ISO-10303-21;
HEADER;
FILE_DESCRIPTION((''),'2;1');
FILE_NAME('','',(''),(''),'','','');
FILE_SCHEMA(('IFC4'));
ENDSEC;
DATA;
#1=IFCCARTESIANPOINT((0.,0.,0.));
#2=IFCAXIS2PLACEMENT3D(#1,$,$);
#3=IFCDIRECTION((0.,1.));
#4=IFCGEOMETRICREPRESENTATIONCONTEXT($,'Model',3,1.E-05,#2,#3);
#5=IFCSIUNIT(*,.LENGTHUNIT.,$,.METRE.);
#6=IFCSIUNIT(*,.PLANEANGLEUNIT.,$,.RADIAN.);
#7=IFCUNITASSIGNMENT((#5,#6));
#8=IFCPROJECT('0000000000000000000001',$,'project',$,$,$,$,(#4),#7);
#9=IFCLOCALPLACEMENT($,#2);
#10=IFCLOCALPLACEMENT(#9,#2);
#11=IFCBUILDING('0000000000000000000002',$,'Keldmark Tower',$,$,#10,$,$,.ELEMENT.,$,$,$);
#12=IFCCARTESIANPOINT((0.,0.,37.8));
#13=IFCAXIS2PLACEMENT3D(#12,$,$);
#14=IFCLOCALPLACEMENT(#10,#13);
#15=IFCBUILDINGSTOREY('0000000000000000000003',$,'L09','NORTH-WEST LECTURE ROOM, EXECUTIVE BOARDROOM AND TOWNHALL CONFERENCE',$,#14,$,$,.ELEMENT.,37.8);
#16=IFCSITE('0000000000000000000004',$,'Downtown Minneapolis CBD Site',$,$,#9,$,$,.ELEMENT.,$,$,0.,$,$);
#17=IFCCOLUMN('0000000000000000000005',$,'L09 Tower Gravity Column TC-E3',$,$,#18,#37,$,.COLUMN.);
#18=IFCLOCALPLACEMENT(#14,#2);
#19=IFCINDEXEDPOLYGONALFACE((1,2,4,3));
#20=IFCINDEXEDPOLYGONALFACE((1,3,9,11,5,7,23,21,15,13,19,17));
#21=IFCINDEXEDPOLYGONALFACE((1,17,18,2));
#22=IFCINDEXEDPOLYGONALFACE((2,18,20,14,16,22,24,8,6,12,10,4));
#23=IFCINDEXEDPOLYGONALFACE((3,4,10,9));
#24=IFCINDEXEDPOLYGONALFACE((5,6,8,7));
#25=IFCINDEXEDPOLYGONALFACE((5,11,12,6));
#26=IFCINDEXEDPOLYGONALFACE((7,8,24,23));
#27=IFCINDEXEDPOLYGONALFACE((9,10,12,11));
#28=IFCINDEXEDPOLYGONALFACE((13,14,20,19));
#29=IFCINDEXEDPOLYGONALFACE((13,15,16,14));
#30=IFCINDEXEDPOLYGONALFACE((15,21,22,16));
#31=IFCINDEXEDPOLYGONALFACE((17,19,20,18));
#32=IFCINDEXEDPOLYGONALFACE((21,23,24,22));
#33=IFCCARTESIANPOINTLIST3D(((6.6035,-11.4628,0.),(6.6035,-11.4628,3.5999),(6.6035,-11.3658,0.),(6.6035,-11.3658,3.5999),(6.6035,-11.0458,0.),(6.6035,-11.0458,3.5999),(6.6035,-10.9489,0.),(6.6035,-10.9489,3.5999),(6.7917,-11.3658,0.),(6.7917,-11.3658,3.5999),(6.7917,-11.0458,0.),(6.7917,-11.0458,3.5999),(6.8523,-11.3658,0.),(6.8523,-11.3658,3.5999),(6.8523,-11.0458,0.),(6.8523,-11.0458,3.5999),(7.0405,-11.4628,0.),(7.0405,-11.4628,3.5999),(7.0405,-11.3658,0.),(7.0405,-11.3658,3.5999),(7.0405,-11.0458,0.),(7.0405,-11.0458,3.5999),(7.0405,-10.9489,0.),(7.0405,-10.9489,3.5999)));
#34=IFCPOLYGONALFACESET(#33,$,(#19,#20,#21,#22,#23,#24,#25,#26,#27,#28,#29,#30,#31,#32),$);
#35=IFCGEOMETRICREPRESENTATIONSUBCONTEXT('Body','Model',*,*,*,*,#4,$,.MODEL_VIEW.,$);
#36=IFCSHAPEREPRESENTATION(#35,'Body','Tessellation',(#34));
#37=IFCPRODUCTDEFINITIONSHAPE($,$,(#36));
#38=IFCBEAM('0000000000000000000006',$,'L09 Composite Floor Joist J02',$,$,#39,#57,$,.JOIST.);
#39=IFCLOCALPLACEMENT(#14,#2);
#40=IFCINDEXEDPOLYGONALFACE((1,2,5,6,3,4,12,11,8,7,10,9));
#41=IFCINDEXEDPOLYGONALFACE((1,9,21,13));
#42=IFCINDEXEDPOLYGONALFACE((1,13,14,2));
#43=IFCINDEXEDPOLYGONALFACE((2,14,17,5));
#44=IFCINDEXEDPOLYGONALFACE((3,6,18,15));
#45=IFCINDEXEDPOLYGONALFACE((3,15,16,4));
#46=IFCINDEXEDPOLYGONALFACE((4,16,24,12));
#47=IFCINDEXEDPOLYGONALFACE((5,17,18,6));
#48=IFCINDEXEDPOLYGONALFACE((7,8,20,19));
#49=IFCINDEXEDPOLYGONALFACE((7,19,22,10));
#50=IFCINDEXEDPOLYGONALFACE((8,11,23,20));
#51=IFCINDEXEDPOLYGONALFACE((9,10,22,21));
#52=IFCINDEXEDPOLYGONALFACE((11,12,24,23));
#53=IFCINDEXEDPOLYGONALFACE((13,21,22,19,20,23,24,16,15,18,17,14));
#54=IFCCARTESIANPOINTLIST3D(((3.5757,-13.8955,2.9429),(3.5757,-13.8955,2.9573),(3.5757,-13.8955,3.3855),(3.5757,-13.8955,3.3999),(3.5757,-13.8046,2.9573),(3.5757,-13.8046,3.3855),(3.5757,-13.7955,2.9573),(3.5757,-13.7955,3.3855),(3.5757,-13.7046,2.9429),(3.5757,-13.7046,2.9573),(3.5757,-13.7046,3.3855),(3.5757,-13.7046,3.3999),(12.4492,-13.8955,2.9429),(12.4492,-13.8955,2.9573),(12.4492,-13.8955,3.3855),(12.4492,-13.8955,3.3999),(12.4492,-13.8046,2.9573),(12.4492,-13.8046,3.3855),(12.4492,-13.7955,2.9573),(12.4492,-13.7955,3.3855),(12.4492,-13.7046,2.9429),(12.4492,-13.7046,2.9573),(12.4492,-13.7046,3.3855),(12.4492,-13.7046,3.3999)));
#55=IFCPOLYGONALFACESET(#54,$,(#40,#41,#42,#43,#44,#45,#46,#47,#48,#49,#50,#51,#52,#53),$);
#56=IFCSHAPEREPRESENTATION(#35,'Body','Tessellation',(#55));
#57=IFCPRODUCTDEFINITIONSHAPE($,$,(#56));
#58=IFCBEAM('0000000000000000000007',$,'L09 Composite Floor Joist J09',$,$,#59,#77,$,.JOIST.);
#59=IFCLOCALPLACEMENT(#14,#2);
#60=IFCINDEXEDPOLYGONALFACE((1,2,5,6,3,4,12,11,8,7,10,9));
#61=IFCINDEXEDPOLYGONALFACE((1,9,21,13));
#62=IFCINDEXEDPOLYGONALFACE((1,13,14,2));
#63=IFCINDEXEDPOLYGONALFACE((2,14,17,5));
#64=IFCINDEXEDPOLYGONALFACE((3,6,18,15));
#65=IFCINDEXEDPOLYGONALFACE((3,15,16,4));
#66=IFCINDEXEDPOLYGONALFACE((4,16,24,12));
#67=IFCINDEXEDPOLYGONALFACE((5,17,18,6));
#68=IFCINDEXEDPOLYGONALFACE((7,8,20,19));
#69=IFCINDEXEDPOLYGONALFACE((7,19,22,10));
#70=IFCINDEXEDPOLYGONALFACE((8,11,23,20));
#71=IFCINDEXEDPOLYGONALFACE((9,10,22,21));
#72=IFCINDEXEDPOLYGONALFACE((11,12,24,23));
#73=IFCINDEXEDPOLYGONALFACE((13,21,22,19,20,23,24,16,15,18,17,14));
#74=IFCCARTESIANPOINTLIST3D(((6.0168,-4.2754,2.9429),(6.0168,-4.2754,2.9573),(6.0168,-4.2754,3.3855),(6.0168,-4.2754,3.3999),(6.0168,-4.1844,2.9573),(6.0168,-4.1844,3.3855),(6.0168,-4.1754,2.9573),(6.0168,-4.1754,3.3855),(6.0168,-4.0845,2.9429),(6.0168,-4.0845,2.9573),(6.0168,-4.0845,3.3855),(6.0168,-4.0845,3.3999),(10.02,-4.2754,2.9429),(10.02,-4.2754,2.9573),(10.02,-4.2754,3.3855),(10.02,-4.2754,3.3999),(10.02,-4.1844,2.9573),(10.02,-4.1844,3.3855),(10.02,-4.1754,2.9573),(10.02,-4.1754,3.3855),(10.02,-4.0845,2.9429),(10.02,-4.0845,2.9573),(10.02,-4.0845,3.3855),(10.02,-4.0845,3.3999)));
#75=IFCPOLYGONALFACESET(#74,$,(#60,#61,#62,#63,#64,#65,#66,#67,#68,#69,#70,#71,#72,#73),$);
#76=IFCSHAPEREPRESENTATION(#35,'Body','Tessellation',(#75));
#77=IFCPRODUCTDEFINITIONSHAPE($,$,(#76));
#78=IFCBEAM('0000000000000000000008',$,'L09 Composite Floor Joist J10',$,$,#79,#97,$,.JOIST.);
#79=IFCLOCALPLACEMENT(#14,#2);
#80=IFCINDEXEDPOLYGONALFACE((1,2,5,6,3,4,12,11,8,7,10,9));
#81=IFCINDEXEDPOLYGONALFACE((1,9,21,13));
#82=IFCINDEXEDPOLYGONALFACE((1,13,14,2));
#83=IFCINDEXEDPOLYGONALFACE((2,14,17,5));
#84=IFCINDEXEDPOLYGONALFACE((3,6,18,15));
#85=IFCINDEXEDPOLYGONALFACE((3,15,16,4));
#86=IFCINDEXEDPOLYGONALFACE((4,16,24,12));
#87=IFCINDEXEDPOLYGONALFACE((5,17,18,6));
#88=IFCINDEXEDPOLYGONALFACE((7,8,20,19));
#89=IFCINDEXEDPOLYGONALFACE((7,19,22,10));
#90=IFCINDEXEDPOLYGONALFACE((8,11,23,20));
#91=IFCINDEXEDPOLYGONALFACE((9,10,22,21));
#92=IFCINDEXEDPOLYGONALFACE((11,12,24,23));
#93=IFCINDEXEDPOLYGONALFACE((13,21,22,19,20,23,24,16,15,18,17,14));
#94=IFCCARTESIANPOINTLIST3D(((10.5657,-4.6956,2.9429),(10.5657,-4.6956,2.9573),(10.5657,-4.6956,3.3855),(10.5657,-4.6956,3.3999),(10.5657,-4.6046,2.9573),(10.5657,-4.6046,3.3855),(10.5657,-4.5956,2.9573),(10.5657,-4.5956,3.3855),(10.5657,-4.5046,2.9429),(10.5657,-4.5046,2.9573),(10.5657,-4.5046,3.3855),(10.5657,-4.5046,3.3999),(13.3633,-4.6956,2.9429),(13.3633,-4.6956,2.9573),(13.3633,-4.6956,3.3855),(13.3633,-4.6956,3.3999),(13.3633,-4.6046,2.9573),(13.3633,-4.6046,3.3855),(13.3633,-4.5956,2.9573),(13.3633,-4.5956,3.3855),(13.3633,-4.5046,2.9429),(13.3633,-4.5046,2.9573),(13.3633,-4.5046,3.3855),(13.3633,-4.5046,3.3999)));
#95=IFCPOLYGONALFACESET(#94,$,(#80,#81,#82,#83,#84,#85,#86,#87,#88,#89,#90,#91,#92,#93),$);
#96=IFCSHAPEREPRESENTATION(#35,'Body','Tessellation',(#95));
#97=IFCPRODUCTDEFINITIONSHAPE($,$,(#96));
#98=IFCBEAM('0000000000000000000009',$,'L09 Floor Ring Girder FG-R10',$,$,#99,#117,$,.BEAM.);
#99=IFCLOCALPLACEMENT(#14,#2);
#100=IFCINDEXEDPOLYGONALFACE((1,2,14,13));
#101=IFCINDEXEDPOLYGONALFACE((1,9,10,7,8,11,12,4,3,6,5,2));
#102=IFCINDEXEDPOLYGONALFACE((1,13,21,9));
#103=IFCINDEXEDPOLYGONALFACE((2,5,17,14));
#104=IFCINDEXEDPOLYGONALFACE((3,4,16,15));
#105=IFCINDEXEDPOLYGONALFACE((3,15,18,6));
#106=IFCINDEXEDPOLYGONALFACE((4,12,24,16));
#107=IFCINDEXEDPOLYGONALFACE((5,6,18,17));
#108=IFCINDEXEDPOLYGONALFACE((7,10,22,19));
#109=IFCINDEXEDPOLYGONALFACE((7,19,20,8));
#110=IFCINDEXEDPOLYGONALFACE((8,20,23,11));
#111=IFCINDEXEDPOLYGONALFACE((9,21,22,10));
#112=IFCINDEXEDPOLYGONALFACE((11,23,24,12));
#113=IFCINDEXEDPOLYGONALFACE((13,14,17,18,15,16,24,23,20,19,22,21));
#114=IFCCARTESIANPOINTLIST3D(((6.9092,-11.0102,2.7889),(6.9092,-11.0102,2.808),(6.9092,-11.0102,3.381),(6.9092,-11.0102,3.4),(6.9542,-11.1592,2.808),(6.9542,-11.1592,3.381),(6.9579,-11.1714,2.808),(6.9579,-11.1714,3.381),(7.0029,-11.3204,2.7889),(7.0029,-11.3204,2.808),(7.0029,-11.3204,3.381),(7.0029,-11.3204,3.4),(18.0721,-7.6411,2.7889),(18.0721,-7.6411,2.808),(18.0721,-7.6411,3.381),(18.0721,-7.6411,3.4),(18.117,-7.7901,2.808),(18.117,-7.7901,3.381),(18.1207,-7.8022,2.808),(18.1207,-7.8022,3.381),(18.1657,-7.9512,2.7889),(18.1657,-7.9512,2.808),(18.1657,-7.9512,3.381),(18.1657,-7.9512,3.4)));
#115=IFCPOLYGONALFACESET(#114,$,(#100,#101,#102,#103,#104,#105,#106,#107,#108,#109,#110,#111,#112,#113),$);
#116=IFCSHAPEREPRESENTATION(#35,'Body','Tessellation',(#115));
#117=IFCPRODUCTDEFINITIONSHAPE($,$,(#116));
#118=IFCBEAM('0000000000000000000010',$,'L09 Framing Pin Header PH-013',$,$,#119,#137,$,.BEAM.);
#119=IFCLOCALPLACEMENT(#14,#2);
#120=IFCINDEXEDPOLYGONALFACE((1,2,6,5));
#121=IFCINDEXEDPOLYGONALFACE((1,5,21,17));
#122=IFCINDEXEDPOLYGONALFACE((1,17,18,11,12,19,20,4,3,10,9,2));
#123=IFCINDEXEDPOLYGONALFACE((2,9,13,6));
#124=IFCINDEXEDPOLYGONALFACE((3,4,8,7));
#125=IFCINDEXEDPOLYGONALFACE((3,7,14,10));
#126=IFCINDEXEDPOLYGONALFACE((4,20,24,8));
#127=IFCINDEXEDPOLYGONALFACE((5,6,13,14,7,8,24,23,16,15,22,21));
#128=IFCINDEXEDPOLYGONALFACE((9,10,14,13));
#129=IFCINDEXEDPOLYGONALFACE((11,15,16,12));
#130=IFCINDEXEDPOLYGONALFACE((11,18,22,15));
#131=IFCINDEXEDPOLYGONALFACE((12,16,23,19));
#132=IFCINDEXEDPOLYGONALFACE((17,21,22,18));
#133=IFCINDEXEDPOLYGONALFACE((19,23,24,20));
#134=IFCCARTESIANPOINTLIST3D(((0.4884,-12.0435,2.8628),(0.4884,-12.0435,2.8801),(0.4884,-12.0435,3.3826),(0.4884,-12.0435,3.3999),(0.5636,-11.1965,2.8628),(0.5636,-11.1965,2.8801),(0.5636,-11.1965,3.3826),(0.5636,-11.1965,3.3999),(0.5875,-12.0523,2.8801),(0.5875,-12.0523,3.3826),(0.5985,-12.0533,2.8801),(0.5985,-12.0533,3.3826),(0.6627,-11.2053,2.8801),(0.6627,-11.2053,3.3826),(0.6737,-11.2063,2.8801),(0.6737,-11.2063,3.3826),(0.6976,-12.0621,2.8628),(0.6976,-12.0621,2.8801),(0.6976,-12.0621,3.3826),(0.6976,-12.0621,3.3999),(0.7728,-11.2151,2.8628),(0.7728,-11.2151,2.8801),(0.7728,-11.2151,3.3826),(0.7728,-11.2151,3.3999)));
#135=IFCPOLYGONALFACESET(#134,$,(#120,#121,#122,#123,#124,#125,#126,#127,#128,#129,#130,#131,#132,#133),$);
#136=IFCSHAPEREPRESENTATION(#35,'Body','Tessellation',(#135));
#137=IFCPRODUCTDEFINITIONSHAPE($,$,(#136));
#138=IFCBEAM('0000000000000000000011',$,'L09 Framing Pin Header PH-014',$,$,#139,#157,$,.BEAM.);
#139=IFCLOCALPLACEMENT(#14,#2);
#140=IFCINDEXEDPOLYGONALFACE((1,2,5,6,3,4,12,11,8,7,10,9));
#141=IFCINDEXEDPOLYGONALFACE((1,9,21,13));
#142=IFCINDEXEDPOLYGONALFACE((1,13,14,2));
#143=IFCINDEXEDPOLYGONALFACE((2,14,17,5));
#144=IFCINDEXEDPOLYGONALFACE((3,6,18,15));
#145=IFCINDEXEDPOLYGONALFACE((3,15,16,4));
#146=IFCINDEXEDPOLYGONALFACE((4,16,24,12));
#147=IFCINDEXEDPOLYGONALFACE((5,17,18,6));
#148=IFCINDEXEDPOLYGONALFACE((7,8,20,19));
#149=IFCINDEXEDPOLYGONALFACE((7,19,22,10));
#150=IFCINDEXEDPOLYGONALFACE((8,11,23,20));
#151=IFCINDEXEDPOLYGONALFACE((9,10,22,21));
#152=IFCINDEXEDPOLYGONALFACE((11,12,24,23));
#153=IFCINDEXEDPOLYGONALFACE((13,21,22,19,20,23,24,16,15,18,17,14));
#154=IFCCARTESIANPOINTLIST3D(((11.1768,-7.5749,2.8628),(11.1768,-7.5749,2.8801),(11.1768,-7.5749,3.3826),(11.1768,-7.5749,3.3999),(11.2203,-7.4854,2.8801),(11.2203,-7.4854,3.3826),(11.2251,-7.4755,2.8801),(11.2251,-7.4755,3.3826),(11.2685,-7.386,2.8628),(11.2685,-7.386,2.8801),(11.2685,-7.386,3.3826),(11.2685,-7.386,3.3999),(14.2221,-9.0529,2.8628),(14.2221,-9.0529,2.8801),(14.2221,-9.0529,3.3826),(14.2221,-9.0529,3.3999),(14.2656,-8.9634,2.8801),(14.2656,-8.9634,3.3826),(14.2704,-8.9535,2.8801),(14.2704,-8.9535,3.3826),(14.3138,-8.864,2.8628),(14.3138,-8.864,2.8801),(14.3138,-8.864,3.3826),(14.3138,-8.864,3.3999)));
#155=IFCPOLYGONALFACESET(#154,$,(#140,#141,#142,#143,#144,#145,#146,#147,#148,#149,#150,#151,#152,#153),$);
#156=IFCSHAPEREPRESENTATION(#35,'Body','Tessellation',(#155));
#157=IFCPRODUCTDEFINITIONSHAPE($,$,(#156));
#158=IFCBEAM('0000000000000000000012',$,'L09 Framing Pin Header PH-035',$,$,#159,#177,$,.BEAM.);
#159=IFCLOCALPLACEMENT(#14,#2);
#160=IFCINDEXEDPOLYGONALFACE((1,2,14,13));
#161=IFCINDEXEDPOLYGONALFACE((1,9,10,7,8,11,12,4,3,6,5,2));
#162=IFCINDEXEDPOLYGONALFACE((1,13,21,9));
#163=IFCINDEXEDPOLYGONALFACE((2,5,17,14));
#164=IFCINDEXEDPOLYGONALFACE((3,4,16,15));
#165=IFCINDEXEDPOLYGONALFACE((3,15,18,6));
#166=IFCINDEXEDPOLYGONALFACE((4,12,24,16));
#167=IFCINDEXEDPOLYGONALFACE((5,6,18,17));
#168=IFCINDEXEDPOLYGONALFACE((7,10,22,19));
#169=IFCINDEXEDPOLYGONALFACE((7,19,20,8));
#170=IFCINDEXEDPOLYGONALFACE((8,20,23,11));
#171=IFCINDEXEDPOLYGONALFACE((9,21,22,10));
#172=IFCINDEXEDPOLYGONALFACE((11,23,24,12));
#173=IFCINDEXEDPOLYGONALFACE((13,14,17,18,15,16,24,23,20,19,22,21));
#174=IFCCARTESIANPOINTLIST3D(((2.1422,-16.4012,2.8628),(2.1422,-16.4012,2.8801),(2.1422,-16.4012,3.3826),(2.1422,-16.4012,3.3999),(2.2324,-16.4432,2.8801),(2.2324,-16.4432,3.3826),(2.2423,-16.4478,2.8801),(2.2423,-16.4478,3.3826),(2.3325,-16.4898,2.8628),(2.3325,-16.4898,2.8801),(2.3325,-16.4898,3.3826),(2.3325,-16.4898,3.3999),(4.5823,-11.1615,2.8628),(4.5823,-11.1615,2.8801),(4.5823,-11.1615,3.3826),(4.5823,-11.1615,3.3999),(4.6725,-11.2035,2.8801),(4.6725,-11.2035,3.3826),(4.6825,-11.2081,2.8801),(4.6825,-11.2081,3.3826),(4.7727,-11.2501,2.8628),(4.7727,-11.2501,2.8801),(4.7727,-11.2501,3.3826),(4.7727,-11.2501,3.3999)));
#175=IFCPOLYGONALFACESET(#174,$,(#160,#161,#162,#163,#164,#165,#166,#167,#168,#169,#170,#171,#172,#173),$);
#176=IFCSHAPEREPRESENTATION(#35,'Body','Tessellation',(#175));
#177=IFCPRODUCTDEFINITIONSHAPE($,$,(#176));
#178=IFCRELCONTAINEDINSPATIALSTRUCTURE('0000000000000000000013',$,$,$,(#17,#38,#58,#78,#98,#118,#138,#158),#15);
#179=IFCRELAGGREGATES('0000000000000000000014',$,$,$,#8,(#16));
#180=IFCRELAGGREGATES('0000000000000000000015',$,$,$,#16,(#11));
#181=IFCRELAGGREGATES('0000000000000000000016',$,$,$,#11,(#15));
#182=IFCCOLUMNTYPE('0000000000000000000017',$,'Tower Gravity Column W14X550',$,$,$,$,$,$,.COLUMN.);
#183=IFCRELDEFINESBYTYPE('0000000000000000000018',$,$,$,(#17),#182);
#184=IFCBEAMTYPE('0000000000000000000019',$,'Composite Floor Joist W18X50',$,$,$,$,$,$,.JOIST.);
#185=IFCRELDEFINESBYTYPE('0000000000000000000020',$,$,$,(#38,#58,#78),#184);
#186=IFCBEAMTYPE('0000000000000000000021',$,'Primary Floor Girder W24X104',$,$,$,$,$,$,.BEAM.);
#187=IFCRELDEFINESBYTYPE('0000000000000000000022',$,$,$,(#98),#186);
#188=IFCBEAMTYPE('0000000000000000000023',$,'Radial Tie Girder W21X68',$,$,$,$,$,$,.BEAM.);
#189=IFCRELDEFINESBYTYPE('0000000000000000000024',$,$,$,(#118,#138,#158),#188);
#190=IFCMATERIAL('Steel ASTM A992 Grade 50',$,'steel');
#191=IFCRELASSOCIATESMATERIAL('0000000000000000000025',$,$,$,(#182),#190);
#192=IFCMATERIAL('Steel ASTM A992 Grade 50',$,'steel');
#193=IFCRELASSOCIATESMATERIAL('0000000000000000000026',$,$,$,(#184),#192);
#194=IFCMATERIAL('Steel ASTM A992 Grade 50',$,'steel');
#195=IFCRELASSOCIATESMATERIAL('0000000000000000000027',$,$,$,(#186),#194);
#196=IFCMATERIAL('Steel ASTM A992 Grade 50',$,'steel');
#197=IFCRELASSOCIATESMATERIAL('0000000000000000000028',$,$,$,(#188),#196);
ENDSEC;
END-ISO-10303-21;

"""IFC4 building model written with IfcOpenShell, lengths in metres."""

from ifc_helpers import new_model, si_unit, direction, frame, origin, origin_2d, place, context, subcontext, project, spatial, i_section, extrude, material, material_profile, profile_set, type_object, element, save


model = new_model("IFC4")

# Units and contexts
model_context = context("Model", 3, precision=1e-05, world=origin(), true_north=direction((0.0, 1.0)))
body_context = subcontext(model_context, "Body", "Model", "MODEL_VIEW")
ifc_project = project(units=[si_unit("LENGTHUNIT", "METRE"), si_unit("PLANEANGLEUNIT", "RADIAN")], contexts=[model_context])

# Site, building, storey
site_placement = place(None, origin())
site = spatial("IfcSite", under=ifc_project, at=site_placement, Name="Downtown Minneapolis CBD Site", CompositionType="ELEMENT", RefElevation=0.0)
building_placement = place(site_placement, origin())
building = spatial("IfcBuilding", under=site, at=building_placement, Name="Keldmark Tower", CompositionType="ELEMENT")
storey_placement = place(building_placement, frame((0.0, 0.0, 37.8)))
storey = spatial("IfcBuildingStorey", under=building, at=storey_placement, Name="L09", Description="NORTH-WEST LECTURE ROOM, EXECUTIVE BOARDROOM AND TOWNHALL CONFERENCE", CompositionType="ELEMENT", Elevation=37.8)

# Column
ifc_material_1 = material(Name="Steel ASTM A992 Grade 50", Category="steel")
ifc_material_profile_1 = material_profile(ifc_material_1, i_section(OverallWidth=0.437, OverallDepth=0.5139, WebThickness=0.0605, FlangeThickness=0.0969, at=origin_2d()), Name="W14X550")
ifc_profile_set_1 = profile_set([ifc_material_profile_1], Name="Steel ASTM A992 Grade 50")
column_type = type_object("IfcColumnType", Name="Tower Gravity Column W14X550", PredefinedType="COLUMN", material=ifc_profile_set_1)
column_placement = place(storey_placement, frame((6.822, -11.2058, 0.0), z_axis=(0.0, 0.0, 1.0), x_axis=(1.0, 0.0, 0.0)))
element("IfcColumn", 1, at=column_placement, inside=storey, type_object=column_type, Name="L09 Tower Gravity Column TC-E3", PredefinedType="COLUMN", context=body_context, shape_type="SweptSolid", body=[
    extrude(i_section(OverallWidth=0.437, OverallDepth=0.5139, WebThickness=0.0605, FlangeThickness=0.0969, at=origin_2d()), origin(), (0.0, 0.0, 1.0), 3.5999),
])

# Beams
ifc_material_2 = material(Name="Steel ASTM A992 Grade 50", Category="steel")
ifc_material_profile_2 = material_profile(ifc_material_2, i_section(OverallWidth=0.1909, OverallDepth=0.457, WebThickness=0.009, FlangeThickness=0.0144, at=origin_2d()), Name="W18X50")
ifc_profile_set_2 = profile_set([ifc_material_profile_2], Name="Steel ASTM A992 Grade 50")
beam_type_1 = type_object("IfcBeamType", Name="Composite Floor Joist W18X50", PredefinedType="JOIST", material=ifc_profile_set_2)
beam_1_placement = place(storey_placement, frame((3.5757, -13.8, 3.1714), z_axis=(1.0, 0.0, 0.0), x_axis=(0.0, 1.0, 0.0)))
element("IfcBeam", 2, at=beam_1_placement, inside=storey, type_object=beam_type_1, Name="L09 Composite Floor Joist J02", PredefinedType="JOIST", context=body_context, shape_type="SweptSolid", body=[
    extrude(i_section(OverallWidth=0.1909, OverallDepth=0.457, WebThickness=0.009, FlangeThickness=0.0144, at=origin_2d()), origin(), (0.0, 0.0, 1.0), 8.8735),
])
beam_2_placement = place(storey_placement, frame((6.0168, -4.1799, 3.1714), z_axis=(1.0, 0.0, 0.0), x_axis=(0.0, 1.0, 0.0)))
element("IfcBeam", 3, at=beam_2_placement, inside=storey, type_object=beam_type_1, Name="L09 Composite Floor Joist J09", PredefinedType="JOIST", context=body_context, shape_type="SweptSolid", body=[
    extrude(i_section(OverallWidth=0.1909, OverallDepth=0.457, WebThickness=0.009, FlangeThickness=0.0144, at=origin_2d()), origin(), (0.0, 0.0, 1.0), 4.0032),
])
beam_3_placement = place(storey_placement, frame((10.5657, -4.6001, 3.1714), z_axis=(1.0, 0.0, 0.0), x_axis=(0.0, 1.0, 0.0)))
element("IfcBeam", 4, at=beam_3_placement, inside=storey, type_object=beam_type_1, Name="L09 Composite Floor Joist J10", PredefinedType="JOIST", context=body_context, shape_type="SweptSolid", body=[
    extrude(i_section(OverallWidth=0.1909, OverallDepth=0.457, WebThickness=0.009, FlangeThickness=0.0144, at=origin_2d()), origin(), (0.0, 0.0, 1.0), 2.7976),
])
ifc_material_3 = material(Name="Steel ASTM A992 Grade 50", Category="steel")
ifc_material_profile_3 = material_profile(ifc_material_3, i_section(OverallWidth=0.324, OverallDepth=0.6111, WebThickness=0.0127, FlangeThickness=0.019, at=origin_2d()), Name="W24X104")
ifc_profile_set_3 = profile_set([ifc_material_profile_3], Name="Steel ASTM A992 Grade 50")
beam_type_2 = type_object("IfcBeamType", Name="Primary Floor Girder W24X104", PredefinedType="BEAM", material=ifc_profile_set_3)
beam_4_placement = place(storey_placement, frame((6.9561, -11.1653, 3.0945), z_axis=(0.957346, 0.288944, 0.0), x_axis=(-0.288944, 0.957346, 0.0)))
element("IfcBeam", 5, at=beam_4_placement, inside=storey, type_object=beam_type_2, Name="L09 Floor Ring Girder FG-R10", PredefinedType="BEAM", context=body_context, shape_type="SweptSolid", body=[
    extrude(i_section(OverallWidth=0.324, OverallDepth=0.6111, WebThickness=0.0127, FlangeThickness=0.019, at=origin_2d()), origin(), (0.0, 0.0, 1.0), 11.6602),
])
ifc_material_4 = material(Name="Steel ASTM A992 Grade 50", Category="steel")
ifc_material_profile_4 = material_profile(ifc_material_4, i_section(OverallWidth=0.21, OverallDepth=0.5371, WebThickness=0.011, FlangeThickness=0.0173, at=origin_2d()), Name="W21X68")
ifc_profile_set_4 = profile_set([ifc_material_profile_4], Name="Steel ASTM A992 Grade 50")
beam_type_3 = type_object("IfcBeamType", Name="Radial Tie Girder W21X68", PredefinedType="BEAM", material=ifc_profile_set_4)
beam_5_placement = place(storey_placement, frame((0.6682, -11.2058, 3.1313), z_axis=(-0.088438, -0.996082, 0.0), x_axis=(0.996082, -0.088438, 0.0)))
element("IfcBeam", 6, at=beam_5_placement, inside=storey, type_object=beam_type_3, Name="L09 Framing Pin Header PH-013", PredefinedType="BEAM", context=body_context, shape_type="SweptSolid", body=[
    extrude(i_section(OverallWidth=0.21, OverallDepth=0.5371, WebThickness=0.011, FlangeThickness=0.0173, at=origin_2d()), origin(), (0.0, 0.0, 1.0), 0.8503),
])
beam_6_placement = place(storey_placement, frame((11.2227, -7.4805, 3.1313), z_axis=(0.899644, -0.436624, 0.0), x_axis=(0.436624, 0.899644, 0.0)))
element("IfcBeam", 7, at=beam_6_placement, inside=storey, type_object=beam_type_3, Name="L09 Framing Pin Header PH-014", PredefinedType="BEAM", context=body_context, shape_type="SweptSolid", body=[
    extrude(i_section(OverallWidth=0.21, OverallDepth=0.5371, WebThickness=0.011, FlangeThickness=0.0173, at=origin_2d()), origin(), (0.0, 0.0, 1.0), 3.385),
])
beam_7_placement = place(storey_placement, frame((4.6775, -11.2058, 3.1313), z_axis=(-0.422171, -0.906516, 0.0), x_axis=(0.906516, -0.422171, 0.0)))
element("IfcBeam", 8, at=beam_7_placement, inside=storey, type_object=beam_type_3, Name="L09 Framing Pin Header PH-035", PredefinedType="BEAM", context=body_context, shape_type="SweptSolid", body=[
    extrude(i_section(OverallWidth=0.21, OverallDepth=0.5371, WebThickness=0.011, FlangeThickness=0.0173, at=origin_2d()), origin(), (0.0, 0.0, 1.0), 5.78),
])

save(model, "model.ifc")
